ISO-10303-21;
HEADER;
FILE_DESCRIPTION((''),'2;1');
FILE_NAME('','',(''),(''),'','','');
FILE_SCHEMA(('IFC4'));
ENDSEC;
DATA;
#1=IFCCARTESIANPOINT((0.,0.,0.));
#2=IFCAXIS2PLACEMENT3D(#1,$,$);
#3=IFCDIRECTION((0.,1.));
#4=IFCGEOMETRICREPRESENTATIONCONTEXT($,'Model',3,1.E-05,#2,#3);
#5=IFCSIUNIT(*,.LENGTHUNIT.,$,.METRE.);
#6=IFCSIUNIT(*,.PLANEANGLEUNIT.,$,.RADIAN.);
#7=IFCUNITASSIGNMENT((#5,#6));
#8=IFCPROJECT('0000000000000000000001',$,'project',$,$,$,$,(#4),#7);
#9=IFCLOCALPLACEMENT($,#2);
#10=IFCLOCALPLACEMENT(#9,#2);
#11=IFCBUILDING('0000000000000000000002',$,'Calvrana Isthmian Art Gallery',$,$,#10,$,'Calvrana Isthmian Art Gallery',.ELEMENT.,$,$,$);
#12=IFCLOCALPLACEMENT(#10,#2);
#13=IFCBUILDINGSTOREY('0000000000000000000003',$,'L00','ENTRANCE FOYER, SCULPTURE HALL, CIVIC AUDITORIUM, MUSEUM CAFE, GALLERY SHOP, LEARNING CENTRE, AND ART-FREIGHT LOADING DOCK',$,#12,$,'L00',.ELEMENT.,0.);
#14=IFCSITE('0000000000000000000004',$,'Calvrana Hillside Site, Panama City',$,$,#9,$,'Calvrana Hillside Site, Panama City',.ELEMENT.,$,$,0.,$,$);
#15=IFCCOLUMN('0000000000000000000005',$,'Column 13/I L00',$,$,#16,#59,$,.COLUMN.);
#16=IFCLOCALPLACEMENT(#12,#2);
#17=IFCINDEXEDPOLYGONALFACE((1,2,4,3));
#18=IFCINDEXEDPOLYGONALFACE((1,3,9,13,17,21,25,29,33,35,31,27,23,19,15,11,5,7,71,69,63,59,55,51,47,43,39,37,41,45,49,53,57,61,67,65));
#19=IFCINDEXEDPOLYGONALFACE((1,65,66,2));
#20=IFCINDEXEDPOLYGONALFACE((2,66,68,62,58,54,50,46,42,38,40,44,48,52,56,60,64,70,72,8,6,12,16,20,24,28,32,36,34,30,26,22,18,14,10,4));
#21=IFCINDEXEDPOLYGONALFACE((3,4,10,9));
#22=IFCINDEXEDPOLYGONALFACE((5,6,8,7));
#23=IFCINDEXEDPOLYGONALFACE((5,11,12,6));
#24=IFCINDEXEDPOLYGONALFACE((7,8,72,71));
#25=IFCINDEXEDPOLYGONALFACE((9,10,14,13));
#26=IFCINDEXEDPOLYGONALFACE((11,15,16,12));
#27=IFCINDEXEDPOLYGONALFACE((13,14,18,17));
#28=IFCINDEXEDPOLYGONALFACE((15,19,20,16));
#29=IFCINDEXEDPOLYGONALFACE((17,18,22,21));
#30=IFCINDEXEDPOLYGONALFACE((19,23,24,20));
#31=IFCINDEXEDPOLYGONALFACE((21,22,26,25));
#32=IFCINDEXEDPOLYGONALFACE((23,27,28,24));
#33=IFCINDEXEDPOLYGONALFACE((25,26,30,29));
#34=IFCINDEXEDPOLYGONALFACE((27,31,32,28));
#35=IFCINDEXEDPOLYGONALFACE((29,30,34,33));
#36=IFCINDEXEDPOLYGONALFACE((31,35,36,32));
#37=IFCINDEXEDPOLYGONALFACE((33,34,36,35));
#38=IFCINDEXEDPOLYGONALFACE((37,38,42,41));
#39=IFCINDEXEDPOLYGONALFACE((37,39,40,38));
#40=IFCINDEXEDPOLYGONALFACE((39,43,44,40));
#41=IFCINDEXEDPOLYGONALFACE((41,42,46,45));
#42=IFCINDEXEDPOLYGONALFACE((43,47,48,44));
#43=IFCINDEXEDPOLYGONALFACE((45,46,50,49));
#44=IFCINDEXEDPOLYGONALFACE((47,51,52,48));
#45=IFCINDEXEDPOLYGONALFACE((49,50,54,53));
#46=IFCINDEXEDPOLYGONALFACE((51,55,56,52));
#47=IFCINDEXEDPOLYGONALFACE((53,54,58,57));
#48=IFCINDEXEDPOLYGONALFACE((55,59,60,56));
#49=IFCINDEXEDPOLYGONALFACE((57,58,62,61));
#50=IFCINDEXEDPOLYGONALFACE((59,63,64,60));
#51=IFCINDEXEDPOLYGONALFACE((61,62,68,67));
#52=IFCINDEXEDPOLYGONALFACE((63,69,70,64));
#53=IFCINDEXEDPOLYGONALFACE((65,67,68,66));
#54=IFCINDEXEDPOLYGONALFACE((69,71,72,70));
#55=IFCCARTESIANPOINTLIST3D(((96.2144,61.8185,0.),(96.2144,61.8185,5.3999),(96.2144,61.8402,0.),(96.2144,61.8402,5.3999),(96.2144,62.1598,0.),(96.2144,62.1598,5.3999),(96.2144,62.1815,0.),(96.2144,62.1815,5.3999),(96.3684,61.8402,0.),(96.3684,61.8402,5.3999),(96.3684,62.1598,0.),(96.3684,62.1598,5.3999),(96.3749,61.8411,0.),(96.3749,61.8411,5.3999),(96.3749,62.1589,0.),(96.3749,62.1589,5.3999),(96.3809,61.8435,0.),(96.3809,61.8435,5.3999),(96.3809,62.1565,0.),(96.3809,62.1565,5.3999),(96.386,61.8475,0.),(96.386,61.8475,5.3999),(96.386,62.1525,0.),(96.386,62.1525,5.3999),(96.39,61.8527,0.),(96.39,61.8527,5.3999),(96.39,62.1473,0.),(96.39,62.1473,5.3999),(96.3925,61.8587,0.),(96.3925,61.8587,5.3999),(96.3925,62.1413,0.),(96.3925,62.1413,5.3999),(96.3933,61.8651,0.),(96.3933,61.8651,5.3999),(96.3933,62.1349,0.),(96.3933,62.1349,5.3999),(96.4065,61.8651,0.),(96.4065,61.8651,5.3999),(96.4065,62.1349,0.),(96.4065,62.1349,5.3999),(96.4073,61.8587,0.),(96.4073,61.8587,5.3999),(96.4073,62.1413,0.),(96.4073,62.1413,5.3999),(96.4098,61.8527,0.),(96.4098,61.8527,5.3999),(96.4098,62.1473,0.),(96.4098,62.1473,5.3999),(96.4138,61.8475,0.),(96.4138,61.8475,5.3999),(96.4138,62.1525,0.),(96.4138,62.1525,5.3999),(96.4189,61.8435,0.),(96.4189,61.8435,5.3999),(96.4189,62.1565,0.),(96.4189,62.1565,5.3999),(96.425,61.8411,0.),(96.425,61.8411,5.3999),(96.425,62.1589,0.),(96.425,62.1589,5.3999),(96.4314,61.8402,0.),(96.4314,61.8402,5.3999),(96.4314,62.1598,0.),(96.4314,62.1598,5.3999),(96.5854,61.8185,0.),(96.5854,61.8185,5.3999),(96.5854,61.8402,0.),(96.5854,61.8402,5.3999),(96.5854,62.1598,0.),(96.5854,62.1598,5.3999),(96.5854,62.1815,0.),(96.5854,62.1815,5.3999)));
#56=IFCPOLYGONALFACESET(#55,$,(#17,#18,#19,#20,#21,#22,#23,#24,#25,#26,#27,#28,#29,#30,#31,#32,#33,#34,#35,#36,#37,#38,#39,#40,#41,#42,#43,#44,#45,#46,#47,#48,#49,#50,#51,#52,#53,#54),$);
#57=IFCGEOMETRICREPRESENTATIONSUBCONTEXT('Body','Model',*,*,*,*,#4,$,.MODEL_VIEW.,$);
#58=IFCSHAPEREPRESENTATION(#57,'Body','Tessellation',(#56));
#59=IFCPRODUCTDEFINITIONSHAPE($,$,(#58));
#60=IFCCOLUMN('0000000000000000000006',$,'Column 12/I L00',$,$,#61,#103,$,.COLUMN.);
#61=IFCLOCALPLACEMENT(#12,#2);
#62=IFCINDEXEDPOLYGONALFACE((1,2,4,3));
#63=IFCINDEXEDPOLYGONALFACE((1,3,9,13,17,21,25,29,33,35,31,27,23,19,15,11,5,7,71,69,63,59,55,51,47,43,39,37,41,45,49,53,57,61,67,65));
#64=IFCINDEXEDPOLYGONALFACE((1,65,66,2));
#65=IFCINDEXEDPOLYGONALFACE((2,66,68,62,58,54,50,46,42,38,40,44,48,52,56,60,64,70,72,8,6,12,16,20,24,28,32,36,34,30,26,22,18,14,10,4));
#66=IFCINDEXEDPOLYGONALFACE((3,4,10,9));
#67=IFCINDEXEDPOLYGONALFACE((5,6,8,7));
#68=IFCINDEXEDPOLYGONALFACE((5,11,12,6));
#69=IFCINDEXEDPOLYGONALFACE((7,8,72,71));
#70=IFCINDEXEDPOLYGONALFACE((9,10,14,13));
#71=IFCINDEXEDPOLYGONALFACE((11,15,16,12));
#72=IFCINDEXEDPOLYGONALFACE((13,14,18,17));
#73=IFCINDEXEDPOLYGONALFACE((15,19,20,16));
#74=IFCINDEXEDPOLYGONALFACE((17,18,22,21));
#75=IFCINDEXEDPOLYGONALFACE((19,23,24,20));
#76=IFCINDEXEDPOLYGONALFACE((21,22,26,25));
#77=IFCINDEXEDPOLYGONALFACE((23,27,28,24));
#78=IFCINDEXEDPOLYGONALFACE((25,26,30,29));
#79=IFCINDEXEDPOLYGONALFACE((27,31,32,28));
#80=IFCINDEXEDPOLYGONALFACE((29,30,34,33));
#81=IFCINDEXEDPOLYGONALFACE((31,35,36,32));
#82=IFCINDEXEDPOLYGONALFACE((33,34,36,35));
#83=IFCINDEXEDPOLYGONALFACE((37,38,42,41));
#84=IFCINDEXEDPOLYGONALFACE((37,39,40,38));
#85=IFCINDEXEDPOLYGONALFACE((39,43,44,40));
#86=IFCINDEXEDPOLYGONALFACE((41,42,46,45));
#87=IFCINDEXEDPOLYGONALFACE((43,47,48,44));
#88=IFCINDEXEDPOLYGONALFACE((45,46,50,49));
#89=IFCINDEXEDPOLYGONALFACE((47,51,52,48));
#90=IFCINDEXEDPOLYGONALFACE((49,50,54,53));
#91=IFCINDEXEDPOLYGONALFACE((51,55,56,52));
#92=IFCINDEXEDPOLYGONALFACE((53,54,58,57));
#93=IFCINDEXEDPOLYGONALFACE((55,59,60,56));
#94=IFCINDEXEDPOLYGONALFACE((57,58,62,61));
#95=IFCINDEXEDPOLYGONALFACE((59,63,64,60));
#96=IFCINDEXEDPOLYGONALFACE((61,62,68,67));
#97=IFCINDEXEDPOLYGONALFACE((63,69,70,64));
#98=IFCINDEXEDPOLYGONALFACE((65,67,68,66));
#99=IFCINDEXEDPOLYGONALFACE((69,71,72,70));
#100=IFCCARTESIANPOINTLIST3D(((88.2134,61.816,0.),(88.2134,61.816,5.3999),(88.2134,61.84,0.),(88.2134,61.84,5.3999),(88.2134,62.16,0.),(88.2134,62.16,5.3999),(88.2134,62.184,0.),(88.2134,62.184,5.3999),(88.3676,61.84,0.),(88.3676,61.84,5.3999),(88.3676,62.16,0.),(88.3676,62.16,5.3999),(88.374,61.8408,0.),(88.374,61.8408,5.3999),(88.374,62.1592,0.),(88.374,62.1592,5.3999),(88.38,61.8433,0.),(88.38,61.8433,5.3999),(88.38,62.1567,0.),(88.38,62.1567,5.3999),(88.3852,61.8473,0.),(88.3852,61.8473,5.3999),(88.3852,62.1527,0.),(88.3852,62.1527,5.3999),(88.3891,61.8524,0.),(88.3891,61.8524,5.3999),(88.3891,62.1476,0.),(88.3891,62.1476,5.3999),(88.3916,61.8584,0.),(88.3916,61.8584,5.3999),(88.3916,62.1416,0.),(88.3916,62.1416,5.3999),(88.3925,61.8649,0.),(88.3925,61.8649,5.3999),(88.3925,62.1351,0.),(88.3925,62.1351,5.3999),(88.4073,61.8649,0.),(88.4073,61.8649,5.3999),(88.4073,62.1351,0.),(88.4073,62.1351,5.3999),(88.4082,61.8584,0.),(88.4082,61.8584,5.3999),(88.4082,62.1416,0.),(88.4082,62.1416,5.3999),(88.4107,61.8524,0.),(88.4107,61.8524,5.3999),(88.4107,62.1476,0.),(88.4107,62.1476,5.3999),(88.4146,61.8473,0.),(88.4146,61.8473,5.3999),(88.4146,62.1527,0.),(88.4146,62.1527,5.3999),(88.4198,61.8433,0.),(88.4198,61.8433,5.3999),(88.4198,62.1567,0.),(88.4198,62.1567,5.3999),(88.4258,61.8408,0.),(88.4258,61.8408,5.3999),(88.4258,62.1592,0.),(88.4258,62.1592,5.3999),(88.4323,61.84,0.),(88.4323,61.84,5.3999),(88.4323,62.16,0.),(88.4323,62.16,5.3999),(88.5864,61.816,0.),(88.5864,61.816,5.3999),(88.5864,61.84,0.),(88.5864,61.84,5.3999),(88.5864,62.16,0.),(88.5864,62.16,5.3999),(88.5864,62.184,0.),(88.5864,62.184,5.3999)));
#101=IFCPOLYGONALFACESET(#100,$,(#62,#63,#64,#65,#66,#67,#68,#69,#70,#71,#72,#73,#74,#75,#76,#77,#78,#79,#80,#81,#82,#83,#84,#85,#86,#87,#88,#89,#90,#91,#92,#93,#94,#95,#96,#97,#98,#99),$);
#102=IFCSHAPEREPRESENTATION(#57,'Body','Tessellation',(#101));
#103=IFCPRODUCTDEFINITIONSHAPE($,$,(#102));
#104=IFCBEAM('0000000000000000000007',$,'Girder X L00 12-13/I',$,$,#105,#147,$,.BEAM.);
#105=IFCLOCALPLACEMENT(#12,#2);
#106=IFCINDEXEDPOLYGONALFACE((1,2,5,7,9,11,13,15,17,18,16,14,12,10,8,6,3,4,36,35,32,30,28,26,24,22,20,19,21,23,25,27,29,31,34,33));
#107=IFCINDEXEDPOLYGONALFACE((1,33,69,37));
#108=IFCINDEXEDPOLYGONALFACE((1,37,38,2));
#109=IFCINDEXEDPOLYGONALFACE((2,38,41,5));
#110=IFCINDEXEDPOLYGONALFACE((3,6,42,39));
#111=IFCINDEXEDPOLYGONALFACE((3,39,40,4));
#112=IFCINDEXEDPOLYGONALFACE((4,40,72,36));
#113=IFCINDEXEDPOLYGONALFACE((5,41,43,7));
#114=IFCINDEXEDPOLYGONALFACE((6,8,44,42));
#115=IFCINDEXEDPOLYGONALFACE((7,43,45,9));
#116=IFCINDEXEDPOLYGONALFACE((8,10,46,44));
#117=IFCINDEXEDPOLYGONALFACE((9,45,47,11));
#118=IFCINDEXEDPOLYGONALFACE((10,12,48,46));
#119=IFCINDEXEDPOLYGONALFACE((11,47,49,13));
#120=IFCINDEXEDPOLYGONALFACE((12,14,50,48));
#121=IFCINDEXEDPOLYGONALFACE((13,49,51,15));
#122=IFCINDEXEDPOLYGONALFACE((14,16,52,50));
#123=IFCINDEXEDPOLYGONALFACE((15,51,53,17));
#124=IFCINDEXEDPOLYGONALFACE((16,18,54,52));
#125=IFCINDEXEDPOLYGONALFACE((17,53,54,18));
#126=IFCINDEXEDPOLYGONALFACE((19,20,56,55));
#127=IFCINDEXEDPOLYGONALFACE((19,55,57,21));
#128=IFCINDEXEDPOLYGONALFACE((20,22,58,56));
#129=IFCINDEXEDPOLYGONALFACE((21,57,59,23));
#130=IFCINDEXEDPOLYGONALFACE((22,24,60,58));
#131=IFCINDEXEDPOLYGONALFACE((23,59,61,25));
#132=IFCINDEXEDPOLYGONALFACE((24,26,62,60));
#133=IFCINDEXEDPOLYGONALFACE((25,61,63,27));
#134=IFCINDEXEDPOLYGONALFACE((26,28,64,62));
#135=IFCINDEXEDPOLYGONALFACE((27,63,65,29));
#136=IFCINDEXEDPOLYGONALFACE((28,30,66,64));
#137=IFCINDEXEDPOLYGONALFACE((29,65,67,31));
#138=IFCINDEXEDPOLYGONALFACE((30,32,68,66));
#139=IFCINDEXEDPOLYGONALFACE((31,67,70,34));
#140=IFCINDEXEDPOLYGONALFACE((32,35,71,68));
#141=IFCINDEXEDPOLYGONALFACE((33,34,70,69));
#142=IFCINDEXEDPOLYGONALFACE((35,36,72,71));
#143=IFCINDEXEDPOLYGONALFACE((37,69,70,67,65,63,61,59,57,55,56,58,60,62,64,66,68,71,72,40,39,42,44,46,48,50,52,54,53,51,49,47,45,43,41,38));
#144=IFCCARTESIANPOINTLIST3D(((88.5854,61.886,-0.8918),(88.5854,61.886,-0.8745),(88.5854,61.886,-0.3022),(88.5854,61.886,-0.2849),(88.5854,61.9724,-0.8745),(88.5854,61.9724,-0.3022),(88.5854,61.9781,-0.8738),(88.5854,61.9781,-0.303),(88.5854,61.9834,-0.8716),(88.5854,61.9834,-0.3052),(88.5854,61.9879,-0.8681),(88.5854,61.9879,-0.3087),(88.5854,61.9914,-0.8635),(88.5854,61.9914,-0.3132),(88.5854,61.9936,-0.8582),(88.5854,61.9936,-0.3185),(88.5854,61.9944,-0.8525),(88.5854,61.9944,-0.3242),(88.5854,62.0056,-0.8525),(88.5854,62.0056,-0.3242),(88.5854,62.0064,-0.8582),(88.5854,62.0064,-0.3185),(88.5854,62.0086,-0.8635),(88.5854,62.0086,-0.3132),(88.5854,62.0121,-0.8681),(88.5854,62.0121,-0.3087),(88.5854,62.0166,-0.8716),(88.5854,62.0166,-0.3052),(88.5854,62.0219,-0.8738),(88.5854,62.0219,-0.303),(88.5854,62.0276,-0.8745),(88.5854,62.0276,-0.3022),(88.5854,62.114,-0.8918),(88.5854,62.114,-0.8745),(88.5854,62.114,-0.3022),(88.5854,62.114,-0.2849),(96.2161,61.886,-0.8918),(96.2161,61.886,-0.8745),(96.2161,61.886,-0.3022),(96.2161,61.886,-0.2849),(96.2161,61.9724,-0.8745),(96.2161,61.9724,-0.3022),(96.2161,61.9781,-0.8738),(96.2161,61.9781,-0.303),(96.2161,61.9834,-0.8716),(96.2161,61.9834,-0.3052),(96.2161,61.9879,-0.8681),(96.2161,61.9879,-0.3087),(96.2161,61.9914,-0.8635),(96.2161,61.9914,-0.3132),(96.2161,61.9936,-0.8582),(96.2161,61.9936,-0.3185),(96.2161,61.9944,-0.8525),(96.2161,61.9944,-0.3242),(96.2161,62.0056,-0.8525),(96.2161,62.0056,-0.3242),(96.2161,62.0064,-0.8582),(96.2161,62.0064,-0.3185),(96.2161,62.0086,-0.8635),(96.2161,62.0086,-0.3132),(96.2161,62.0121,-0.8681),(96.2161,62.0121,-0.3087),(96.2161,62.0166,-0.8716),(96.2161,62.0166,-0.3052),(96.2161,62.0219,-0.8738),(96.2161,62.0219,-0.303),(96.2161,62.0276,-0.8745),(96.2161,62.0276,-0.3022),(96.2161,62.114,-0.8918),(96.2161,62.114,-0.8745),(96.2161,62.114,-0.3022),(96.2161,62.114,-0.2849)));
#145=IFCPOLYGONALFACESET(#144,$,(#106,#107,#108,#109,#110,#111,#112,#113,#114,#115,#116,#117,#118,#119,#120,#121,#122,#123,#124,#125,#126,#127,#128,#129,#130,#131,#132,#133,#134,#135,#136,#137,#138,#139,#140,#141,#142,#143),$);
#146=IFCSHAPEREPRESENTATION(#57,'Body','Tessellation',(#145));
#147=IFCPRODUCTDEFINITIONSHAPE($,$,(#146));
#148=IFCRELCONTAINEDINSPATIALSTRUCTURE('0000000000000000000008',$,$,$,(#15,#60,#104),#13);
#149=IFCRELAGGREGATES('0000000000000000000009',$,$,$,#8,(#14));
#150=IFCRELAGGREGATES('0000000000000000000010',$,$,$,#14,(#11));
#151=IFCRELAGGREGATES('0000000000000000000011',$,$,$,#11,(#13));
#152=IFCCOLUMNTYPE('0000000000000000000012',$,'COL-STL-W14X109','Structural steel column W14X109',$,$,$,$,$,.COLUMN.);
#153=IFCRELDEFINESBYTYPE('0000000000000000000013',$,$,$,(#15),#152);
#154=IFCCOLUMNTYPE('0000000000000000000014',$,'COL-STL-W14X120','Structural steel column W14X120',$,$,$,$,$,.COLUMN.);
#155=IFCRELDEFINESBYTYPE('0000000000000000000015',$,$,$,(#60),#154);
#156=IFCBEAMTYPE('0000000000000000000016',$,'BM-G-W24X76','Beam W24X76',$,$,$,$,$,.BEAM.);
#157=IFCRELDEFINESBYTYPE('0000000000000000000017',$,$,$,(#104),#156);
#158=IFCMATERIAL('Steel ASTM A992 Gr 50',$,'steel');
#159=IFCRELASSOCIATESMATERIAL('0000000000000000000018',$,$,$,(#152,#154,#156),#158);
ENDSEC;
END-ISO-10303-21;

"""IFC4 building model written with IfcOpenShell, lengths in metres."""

from ifc_helpers import new_model, si_unit, direction, frame, origin, origin_2d, place, context, subcontext, project, spatial, i_section, extrude, material, material_profile, profile_set, type_object, element, save


model = new_model("IFC4")

# Units and contexts
model_context = context("Model", 3, precision=1e-05, world=origin(), true_north=direction((0.0, 1.0)))
body_context = subcontext(model_context, "Body", "Model", "MODEL_VIEW")
ifc_project = project(units=[si_unit("LENGTHUNIT", "METRE"), si_unit("PLANEANGLEUNIT", "RADIAN")], contexts=[model_context])

# Site, building, storey
site_placement = place(None, origin())
site = spatial("IfcSite", under=ifc_project, at=site_placement, Name="Calvrana Hillside Site, Panama City", LongName="Calvrana Hillside Site, Panama City", CompositionType="ELEMENT", RefElevation=0.0)
building_placement = place(site_placement, origin())
building = spatial("IfcBuilding", under=site, at=building_placement, Name="Calvrana Isthmian Art Gallery", LongName="Calvrana Isthmian Art Gallery", CompositionType="ELEMENT")
storey_placement = place(building_placement, origin())
storey = spatial("IfcBuildingStorey", under=building, at=storey_placement, Name="L00", Description="ENTRANCE FOYER, SCULPTURE HALL, CIVIC AUDITORIUM, MUSEUM CAFE, GALLERY SHOP, LEARNING CENTRE, AND ART-FREIGHT LOADING DOCK", LongName="L00", CompositionType="ELEMENT", Elevation=0.0)

# Columns
ifc_material_1 = material(Name="Steel ASTM A992 Gr 50", Category="steel")
ifc_material_profile_1 = material_profile(ifc_material_1, i_section(OverallWidth=0.3711, OverallDepth=0.363, WebThickness=0.0132, FlangeThickness=0.0217, FilletRadius=0.0249, at=origin_2d()), Name="W14X109")
ifc_profile_set_1 = profile_set([ifc_material_profile_1], Name="Steel ASTM A992 Gr 50")
column_type_1 = type_object("IfcColumnType", Name="COL-STL-W14X109", Description="Structural steel column W14X109", PredefinedType="COLUMN", material=ifc_profile_set_1)
column_1_placement = place(storey_placement, frame((96.3999, 62.0, 0.0), z_axis=(0.0, 0.0, 1.0), x_axis=(1.0, 0.0, 0.0)))
element("IfcColumn", 1, at=column_1_placement, inside=storey, type_object=column_type_1, Name="Column 13/I L00", PredefinedType="COLUMN", context=body_context, shape_type="SweptSolid", body=[
    extrude(i_section(OverallWidth=0.3711, OverallDepth=0.363, WebThickness=0.0132, FlangeThickness=0.0217, FilletRadius=0.0249, at=origin_2d()), origin(), (0.0, 0.0, 1.0), 5.3999),
])
ifc_material_profile_2 = material_profile(ifc_material_1, i_section(OverallWidth=0.373, OverallDepth=0.3679, WebThickness=0.0149, FlangeThickness=0.0239, FilletRadius=0.0249, at=origin_2d()), Name="W14X120")
ifc_profile_set_2 = profile_set([ifc_material_profile_2], Name="Steel ASTM A992 Gr 50")
column_type_2 = type_object("IfcColumnType", Name="COL-STL-W14X120", Description="Structural steel column W14X120", PredefinedType="COLUMN", material=ifc_profile_set_2)
column_2_placement = place(storey_placement, frame((88.3999, 62.0, 0.0), z_axis=(0.0, 0.0, 1.0), x_axis=(1.0, 0.0, 0.0)))
element("IfcColumn", 2, at=column_2_placement, inside=storey, type_object=column_type_2, Name="Column 12/I L00", PredefinedType="COLUMN", context=body_context, shape_type="SweptSolid", body=[
    extrude(i_section(OverallWidth=0.373, OverallDepth=0.3679, WebThickness=0.0149, FlangeThickness=0.0239, FilletRadius=0.0249, at=origin_2d()), origin(), (0.0, 0.0, 1.0), 5.3999),
])

# Beam
ifc_material_profile_3 = material_profile(ifc_material_1, i_section(OverallWidth=0.228, OverallDepth=0.6069, WebThickness=0.0112, FlangeThickness=0.0173, FilletRadius=0.022, at=origin_2d()), Name="W24X76")
ifc_profile_set_3 = profile_set([ifc_material_profile_3], Name="Steel ASTM A992 Gr 50")
beam_type_1 = type_object("IfcBeamType", Name="BM-G-W24X76", Description="Beam W24X76", PredefinedType="BEAM", material=ifc_profile_set_3)
beam_1_placement = place(storey_placement, frame((88.5854, 62.0, -0.5884), z_axis=(1.0, 0.0, 0.0), x_axis=(0.0, 1.0, 0.0)))
element("IfcBeam", 3, at=beam_1_placement, inside=storey, type_object=beam_type_1, Name="Girder X L00 12-13/I", PredefinedType="BEAM", context=body_context, shape_type="SweptSolid", body=[
    extrude(i_section(OverallWidth=0.228, OverallDepth=0.6069, WebThickness=0.0112, FlangeThickness=0.0173, FilletRadius=0.022, at=origin_2d()), origin(), (0.0, 0.0, 1.0), 7.6306),
])

save(model, "model.ifc")
